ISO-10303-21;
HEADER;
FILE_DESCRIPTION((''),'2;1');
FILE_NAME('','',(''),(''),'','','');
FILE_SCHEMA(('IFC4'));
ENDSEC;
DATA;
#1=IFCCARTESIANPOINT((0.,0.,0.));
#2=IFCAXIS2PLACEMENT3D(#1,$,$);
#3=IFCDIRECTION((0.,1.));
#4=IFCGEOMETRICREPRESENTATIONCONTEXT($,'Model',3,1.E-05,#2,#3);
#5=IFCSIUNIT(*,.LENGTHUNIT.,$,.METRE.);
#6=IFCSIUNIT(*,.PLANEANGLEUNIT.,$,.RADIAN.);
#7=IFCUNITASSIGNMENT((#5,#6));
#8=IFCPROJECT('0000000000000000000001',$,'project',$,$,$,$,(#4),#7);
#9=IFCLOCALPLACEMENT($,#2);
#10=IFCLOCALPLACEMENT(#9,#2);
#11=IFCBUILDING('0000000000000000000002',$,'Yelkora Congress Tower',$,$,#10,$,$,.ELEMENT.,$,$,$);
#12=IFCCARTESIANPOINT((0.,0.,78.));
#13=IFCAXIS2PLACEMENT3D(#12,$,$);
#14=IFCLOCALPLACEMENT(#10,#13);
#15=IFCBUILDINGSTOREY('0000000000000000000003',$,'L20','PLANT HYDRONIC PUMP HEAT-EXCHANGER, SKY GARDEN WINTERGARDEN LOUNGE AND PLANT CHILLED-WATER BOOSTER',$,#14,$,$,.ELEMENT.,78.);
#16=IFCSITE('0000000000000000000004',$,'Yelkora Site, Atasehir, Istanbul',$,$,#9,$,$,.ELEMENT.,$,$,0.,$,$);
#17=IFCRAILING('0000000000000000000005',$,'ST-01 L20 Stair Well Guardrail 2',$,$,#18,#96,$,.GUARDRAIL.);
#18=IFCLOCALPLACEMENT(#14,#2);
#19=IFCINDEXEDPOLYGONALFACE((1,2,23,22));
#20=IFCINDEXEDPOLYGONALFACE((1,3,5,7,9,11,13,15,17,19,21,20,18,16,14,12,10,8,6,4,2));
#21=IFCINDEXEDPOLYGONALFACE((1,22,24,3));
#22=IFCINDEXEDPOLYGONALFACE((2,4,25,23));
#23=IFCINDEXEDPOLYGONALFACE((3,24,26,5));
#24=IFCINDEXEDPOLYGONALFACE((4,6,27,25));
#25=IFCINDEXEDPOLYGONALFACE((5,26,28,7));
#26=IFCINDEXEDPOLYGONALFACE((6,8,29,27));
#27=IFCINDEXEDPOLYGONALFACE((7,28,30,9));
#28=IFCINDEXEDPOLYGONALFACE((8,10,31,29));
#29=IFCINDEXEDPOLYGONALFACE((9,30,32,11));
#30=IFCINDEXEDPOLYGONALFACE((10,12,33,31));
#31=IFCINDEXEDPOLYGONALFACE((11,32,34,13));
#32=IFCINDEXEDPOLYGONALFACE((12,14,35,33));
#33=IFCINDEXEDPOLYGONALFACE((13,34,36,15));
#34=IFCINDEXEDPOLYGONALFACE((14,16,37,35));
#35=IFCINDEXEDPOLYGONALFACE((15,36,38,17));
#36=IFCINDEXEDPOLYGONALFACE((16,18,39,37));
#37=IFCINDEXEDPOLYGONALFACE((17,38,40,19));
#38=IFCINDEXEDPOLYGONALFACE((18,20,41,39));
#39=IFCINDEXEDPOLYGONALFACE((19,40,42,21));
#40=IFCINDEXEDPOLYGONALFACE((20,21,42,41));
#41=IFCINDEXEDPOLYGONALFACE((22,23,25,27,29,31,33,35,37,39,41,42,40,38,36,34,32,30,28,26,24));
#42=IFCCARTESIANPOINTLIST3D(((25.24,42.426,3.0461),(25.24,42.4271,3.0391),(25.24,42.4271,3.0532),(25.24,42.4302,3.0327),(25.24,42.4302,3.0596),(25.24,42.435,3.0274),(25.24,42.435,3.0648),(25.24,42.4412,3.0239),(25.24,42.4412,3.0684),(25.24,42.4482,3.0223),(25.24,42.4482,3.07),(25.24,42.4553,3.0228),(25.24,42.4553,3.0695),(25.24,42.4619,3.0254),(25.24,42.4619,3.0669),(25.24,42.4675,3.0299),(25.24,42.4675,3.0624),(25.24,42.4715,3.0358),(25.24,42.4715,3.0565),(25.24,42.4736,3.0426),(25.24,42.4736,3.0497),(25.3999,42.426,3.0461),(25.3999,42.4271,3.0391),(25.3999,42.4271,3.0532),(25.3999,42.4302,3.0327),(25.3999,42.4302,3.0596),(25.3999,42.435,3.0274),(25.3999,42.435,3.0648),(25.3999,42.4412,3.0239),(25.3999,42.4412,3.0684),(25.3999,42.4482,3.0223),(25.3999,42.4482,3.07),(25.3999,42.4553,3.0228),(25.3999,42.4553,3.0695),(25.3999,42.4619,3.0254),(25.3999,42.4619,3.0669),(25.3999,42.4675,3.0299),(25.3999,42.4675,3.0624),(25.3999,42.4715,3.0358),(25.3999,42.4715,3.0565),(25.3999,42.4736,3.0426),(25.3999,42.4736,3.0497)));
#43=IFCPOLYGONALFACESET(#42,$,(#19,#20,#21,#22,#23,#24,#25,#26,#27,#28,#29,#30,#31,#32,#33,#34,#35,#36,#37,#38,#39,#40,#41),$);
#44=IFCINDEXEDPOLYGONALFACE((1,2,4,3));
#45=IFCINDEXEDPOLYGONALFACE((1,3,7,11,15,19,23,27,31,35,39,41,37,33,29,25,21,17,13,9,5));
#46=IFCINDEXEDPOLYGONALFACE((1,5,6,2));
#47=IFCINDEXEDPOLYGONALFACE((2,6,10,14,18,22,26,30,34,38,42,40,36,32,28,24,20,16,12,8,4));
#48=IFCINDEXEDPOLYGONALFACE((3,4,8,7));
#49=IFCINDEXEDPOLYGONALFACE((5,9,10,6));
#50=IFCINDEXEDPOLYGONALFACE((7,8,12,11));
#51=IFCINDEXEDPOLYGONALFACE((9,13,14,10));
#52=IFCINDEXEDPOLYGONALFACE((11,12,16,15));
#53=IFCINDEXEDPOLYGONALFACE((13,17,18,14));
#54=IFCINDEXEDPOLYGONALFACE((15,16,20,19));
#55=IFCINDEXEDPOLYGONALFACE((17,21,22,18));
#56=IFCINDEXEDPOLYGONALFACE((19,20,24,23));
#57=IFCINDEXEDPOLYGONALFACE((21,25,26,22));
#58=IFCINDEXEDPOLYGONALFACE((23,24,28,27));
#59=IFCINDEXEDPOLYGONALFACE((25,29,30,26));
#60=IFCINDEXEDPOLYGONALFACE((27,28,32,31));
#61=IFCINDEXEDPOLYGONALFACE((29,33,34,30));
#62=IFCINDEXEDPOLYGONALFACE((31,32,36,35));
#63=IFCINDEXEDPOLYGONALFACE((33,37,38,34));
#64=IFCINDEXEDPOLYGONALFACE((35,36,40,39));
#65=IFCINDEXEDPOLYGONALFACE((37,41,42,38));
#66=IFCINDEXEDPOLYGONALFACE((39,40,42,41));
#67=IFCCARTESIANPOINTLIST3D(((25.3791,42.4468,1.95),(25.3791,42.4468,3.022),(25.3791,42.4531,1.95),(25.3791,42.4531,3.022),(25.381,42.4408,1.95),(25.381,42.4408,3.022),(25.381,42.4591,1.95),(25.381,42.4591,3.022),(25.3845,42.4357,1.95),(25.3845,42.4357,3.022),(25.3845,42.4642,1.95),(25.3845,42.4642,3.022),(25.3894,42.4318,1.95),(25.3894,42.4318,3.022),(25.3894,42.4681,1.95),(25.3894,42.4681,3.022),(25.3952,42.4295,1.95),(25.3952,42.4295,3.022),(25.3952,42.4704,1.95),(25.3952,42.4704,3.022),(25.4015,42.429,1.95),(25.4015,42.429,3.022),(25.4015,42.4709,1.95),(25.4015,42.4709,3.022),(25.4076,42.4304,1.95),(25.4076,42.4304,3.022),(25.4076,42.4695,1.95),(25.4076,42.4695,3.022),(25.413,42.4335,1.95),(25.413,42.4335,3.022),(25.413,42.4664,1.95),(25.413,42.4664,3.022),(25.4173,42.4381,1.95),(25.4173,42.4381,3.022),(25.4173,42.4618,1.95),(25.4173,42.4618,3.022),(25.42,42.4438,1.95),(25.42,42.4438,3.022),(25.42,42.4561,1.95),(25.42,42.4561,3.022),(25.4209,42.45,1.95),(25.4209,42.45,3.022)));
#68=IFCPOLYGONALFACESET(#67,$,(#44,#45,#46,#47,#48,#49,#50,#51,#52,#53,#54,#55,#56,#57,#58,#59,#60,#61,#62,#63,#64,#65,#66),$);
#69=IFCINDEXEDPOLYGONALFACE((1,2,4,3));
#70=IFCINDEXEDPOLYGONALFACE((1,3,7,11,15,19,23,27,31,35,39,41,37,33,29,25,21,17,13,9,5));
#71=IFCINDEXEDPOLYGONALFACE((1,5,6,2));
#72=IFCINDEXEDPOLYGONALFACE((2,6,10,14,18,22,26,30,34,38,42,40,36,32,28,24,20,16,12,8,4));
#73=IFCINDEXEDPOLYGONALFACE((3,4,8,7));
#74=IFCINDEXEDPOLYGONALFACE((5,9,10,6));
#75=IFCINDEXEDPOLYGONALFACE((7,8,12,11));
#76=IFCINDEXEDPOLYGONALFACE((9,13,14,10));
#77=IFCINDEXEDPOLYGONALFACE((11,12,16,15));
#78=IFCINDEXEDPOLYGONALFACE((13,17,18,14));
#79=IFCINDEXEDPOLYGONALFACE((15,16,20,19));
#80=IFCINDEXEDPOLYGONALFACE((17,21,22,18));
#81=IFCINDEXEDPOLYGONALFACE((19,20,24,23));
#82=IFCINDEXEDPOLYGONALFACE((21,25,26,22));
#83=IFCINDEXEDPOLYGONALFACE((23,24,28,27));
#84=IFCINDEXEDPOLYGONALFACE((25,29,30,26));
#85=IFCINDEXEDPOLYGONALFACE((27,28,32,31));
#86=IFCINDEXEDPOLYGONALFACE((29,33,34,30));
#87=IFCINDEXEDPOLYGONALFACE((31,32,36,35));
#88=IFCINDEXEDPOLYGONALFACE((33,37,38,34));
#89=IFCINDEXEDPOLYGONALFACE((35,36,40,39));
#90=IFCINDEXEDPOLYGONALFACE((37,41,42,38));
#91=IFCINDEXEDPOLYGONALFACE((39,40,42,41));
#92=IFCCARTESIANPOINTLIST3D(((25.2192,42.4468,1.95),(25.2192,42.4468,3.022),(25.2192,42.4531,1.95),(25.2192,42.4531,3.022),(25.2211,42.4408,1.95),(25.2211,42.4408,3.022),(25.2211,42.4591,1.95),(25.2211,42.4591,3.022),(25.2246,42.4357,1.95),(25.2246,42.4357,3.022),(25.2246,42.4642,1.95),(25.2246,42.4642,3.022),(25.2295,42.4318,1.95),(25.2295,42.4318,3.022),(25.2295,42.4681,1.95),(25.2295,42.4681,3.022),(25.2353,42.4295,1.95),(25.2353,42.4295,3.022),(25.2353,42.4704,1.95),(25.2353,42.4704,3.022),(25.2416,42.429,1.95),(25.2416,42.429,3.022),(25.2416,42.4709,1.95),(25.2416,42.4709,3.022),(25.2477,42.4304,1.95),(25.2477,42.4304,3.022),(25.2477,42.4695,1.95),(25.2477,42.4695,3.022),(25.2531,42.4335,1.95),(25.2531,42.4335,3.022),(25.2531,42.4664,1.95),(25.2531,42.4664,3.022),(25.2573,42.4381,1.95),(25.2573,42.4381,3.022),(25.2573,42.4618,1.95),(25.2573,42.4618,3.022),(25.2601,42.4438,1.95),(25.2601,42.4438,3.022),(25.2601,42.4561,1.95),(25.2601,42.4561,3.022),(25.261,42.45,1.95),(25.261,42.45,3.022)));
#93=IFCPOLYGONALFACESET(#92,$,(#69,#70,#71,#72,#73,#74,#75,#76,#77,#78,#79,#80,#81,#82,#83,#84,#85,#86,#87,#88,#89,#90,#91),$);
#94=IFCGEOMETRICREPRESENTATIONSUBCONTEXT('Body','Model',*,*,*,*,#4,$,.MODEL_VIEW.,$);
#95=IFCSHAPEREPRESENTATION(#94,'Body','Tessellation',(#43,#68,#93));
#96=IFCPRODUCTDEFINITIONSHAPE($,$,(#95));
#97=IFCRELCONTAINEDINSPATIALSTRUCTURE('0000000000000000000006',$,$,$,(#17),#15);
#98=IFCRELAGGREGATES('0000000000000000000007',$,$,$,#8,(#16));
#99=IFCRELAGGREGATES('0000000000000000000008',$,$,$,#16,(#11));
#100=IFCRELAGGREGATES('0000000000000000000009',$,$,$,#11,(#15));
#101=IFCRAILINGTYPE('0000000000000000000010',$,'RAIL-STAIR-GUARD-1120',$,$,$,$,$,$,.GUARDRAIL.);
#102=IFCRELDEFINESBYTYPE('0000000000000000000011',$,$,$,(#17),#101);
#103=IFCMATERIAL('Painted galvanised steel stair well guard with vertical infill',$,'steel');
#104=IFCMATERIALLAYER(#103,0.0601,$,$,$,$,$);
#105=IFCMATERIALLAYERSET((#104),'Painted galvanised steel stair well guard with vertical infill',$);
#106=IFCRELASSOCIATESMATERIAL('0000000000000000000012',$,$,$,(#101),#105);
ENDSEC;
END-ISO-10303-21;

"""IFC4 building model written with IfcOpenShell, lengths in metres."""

from ifc_helpers import new_model, si_unit, direction, frame, origin, origin_2d, place, context, subcontext, project, spatial, circle, extrude, material, layer, layer_set, type_object, element, save


model = new_model("IFC4")

# Units and contexts
model_context = context("Model", 3, precision=1e-05, world=origin(), true_north=direction((0.0, 1.0)))
body_context = subcontext(model_context, "Body", "Model", "MODEL_VIEW")
ifc_project = project(units=[si_unit("LENGTHUNIT", "METRE"), si_unit("PLANEANGLEUNIT", "RADIAN")], contexts=[model_context])

# Site, building, storey
site_placement = place(None, origin())
site = spatial("IfcSite", under=ifc_project, at=site_placement, Name="Yelkora Site, Atasehir, Istanbul", CompositionType="ELEMENT", RefElevation=0.0)
building_placement = place(site_placement, origin())
building = spatial("IfcBuilding", under=site, at=building_placement, Name="Yelkora Congress Tower", CompositionType="ELEMENT")
storey_placement = place(building_placement, frame((0.0, 0.0, 78.0)))
storey = spatial("IfcBuildingStorey", under=building, at=storey_placement, Name="L20", Description="PLANT HYDRONIC PUMP HEAT-EXCHANGER, SKY GARDEN WINTERGARDEN LOUNGE AND PLANT CHILLED-WATER BOOSTER", CompositionType="ELEMENT", Elevation=78.0)

# Railing
ifc_material_1 = material(Name="Painted galvanised steel stair well guard with vertical infill", Category="steel")
ifc_layer_1 = layer(ifc_material_1, 0.0601)
ifc_layer_set_1 = layer_set([ifc_layer_1], Name="Painted galvanised steel stair well guard with vertical infill")
railing_type_1 = type_object("IfcRailingType", Name="RAIL-STAIR-GUARD-1120", PredefinedType="GUARDRAIL", material=ifc_layer_set_1)
railing_1_placement = place(storey_placement, frame((25.3999, 42.45, 1.95)))
element("IfcRailing", 1, at=railing_1_placement, inside=storey, type_object=railing_type_1, Name="ST-01 L20 Stair Well Guardrail 2", PredefinedType="GUARDRAIL", context=body_context, shape_type="SweptSolid", body=[
    extrude(circle(Radius=0.0239, at=origin_2d()), frame((0.0, 0.0, 1.0962), z_axis=(-1.0, 0.0, 0.0), x_axis=(0.0, -1.0, 0.0)), (0.0, 0.0, 1.0), 0.1599),
    extrude(circle(Radius=0.021, at=origin_2d()), origin(), (0.0, 0.0, 1.0), 1.072),
    extrude(circle(Radius=0.021, at=origin_2d()), frame((-0.1599, 0.0, 0.0)), (0.0, 0.0, 1.0), 1.072),
])

save(model, "model.ifc")
